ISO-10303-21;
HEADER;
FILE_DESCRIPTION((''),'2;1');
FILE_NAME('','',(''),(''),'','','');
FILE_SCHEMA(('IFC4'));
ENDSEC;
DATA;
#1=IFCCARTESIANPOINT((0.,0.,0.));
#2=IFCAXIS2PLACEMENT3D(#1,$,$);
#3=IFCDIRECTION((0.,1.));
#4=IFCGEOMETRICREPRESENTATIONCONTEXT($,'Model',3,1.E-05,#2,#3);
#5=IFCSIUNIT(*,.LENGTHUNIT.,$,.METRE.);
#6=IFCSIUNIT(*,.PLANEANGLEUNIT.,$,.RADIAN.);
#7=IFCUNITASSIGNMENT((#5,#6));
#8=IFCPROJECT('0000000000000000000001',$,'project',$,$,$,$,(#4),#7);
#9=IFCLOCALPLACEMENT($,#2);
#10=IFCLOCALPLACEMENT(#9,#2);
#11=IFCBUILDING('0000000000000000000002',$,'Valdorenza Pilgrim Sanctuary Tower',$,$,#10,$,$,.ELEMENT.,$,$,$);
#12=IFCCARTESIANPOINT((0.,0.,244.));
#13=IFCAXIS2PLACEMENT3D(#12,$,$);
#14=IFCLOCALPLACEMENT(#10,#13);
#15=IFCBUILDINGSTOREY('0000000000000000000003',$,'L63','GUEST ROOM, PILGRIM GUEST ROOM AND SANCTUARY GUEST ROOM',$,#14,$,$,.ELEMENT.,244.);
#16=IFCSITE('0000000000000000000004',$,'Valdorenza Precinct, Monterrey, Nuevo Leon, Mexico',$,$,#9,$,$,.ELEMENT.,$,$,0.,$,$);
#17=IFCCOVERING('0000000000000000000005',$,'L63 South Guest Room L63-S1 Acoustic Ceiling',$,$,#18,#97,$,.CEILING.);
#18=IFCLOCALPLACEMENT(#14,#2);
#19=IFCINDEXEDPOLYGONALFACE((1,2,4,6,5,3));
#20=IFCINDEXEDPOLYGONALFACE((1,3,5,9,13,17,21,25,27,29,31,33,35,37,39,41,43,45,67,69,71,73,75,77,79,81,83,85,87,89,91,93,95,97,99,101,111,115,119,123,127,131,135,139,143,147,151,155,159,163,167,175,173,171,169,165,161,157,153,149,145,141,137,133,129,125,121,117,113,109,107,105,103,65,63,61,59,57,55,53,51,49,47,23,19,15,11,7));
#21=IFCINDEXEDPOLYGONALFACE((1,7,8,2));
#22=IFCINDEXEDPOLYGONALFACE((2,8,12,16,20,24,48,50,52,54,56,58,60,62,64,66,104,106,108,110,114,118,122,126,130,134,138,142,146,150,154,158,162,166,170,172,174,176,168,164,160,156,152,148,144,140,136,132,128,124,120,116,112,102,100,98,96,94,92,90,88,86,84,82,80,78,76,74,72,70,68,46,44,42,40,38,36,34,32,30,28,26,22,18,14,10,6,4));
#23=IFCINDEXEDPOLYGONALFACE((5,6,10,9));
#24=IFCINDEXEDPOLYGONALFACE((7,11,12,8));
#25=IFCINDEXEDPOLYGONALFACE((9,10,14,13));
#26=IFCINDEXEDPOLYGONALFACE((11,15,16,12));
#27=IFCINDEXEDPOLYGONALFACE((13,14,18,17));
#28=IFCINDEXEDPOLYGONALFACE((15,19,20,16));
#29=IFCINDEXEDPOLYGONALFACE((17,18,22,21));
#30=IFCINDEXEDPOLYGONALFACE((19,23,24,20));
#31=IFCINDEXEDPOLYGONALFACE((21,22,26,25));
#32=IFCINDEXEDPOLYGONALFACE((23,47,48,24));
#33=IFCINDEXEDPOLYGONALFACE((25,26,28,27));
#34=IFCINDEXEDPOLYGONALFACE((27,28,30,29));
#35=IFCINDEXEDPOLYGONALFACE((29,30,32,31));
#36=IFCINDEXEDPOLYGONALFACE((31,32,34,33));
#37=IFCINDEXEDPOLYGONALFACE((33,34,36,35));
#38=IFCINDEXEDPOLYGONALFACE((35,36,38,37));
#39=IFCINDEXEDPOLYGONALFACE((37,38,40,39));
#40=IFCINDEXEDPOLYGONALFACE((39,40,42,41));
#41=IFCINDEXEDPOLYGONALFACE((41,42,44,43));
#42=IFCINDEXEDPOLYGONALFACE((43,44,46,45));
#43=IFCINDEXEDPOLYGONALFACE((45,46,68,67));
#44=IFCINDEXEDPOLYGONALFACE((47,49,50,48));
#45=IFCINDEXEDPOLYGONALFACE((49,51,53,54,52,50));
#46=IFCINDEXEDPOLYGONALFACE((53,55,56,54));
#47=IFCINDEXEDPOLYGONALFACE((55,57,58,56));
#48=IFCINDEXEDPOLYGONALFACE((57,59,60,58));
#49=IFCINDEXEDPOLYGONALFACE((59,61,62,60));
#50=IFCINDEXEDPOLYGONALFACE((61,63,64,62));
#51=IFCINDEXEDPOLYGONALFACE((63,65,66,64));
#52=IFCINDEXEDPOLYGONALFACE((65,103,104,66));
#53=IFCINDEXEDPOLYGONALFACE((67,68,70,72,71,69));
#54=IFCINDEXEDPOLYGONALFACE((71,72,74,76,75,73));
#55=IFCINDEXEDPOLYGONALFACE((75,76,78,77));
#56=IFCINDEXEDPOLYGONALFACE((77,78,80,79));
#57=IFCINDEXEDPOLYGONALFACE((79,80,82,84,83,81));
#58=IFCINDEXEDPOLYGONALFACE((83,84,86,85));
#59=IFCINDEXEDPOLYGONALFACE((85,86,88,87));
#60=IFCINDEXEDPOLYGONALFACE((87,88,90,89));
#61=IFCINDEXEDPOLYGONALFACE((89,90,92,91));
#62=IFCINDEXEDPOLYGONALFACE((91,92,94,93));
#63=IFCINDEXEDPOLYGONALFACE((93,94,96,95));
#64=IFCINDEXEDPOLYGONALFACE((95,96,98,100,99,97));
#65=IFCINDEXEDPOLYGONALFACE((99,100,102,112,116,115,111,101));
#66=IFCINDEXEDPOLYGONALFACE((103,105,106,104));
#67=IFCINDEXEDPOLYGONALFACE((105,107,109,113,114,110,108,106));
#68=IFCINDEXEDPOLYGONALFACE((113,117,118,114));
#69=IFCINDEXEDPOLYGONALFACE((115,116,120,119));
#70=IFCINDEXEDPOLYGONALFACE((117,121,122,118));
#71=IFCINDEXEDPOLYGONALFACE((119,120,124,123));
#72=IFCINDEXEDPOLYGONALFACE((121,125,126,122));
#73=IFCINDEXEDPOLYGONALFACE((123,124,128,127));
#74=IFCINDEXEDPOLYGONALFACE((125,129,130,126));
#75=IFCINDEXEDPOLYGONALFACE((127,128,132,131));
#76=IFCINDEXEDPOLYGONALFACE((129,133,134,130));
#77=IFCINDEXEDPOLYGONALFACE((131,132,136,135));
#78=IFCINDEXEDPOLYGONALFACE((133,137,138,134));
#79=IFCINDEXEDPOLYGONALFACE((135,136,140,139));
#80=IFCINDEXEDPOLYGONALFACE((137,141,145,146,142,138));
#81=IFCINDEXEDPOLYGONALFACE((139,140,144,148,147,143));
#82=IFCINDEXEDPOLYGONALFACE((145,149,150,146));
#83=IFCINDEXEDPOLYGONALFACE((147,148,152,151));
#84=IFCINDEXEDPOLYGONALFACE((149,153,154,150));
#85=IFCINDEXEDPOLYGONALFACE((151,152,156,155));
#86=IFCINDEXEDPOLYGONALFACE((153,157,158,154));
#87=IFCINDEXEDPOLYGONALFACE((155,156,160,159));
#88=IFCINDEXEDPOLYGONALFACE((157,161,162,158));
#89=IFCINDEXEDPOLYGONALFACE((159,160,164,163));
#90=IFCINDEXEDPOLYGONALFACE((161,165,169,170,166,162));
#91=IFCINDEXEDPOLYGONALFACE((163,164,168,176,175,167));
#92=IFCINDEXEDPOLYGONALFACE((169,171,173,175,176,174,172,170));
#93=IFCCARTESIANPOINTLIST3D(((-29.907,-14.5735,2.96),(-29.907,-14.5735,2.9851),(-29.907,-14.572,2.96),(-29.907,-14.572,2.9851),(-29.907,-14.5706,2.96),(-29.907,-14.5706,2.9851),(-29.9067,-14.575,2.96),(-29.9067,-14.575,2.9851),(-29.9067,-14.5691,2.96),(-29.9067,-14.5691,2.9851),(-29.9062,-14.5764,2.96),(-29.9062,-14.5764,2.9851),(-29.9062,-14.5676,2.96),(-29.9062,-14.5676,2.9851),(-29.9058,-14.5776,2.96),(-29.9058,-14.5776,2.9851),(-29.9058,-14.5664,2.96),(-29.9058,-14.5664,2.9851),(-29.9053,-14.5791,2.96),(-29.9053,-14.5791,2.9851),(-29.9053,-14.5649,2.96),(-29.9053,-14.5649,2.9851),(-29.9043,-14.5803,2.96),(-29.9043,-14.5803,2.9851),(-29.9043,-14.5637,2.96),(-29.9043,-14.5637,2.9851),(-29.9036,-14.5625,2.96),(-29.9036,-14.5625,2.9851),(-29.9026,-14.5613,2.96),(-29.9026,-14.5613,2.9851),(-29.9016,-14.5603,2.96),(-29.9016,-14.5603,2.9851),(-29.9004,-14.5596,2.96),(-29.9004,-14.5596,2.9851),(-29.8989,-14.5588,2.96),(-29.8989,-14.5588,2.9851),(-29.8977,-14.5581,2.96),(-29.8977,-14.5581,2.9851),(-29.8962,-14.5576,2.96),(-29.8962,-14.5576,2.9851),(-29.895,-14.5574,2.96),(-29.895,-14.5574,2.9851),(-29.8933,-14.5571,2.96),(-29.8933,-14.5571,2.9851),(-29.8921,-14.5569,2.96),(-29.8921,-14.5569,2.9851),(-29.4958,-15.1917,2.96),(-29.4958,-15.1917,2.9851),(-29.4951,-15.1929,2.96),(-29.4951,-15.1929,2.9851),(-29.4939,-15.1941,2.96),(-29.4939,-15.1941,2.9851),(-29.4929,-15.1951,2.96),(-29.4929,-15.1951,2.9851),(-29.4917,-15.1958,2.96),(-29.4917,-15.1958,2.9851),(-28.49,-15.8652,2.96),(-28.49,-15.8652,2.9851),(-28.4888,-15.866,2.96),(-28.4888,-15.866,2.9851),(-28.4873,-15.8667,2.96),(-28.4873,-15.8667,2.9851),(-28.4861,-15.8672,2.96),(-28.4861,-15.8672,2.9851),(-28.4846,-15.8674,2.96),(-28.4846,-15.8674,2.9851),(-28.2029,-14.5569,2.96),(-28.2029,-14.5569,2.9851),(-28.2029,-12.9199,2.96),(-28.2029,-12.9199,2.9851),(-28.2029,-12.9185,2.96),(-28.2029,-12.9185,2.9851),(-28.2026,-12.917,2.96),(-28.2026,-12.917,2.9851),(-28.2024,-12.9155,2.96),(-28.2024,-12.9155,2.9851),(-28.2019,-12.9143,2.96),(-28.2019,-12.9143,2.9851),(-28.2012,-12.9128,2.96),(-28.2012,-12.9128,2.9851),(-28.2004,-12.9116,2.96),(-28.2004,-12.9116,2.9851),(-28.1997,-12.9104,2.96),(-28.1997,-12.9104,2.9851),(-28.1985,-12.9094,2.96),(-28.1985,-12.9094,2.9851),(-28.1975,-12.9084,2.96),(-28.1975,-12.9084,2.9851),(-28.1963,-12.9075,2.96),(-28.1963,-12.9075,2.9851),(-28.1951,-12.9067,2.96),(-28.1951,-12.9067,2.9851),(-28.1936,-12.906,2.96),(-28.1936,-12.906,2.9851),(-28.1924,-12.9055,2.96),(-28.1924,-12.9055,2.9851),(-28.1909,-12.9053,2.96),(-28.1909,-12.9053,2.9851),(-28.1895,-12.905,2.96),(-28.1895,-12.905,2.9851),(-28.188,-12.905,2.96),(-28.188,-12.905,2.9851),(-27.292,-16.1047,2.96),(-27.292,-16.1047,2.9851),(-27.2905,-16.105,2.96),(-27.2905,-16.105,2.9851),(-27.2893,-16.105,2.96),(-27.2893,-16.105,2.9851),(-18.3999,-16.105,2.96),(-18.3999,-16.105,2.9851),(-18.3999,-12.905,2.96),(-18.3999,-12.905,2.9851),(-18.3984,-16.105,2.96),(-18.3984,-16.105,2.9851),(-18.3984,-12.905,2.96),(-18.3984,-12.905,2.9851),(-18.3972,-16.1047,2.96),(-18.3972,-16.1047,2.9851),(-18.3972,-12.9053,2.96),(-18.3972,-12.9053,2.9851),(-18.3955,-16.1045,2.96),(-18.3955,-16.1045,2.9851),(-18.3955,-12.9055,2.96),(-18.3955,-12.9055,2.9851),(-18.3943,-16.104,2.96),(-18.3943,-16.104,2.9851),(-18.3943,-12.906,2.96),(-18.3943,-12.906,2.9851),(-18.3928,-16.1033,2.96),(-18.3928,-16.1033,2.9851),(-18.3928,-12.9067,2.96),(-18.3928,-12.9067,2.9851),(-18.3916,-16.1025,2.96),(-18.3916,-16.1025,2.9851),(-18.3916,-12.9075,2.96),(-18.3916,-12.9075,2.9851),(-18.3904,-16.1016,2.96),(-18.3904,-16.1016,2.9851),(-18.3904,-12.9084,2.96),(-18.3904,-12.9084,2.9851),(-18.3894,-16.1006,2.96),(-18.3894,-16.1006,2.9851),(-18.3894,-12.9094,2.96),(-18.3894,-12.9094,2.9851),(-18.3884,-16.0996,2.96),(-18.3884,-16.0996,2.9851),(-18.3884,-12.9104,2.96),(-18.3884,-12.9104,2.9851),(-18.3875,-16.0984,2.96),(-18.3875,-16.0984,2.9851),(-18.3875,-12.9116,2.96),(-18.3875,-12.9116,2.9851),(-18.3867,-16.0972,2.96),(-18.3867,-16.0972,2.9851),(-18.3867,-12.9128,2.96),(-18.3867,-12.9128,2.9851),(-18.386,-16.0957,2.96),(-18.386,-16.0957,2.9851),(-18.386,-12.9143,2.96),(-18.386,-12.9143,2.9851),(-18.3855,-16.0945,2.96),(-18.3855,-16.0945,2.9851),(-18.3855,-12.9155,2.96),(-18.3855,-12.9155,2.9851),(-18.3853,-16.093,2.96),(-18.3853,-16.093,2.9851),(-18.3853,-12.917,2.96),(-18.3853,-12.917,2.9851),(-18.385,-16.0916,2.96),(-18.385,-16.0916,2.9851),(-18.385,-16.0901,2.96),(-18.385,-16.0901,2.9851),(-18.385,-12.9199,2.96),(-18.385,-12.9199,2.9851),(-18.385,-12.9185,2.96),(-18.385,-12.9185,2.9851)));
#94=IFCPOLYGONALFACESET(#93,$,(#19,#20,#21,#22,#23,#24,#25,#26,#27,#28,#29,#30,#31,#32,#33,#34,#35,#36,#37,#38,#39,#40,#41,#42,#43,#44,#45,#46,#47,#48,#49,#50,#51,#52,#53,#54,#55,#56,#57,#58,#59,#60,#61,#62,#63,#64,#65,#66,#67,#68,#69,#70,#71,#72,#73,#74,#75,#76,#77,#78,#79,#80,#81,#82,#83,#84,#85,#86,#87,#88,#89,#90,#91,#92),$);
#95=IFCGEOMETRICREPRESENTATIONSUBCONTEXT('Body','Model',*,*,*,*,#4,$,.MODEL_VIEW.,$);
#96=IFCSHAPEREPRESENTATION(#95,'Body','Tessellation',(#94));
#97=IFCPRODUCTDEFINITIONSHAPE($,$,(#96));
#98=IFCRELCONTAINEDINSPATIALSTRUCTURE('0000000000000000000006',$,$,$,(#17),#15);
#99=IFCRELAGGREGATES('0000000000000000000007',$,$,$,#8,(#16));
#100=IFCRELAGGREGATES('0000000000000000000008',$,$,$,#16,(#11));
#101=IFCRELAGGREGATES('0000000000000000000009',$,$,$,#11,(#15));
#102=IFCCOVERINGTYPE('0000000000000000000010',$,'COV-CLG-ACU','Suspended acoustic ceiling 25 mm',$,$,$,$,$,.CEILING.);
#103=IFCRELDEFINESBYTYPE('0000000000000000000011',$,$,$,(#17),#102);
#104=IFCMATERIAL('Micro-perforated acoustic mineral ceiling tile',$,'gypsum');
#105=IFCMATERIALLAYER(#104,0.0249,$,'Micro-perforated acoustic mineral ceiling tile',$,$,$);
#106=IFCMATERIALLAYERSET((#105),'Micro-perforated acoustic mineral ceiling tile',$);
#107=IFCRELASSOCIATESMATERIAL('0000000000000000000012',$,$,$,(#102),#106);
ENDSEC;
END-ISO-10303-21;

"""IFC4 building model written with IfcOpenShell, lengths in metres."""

from ifc_helpers import new_model, si_unit, direction, frame, origin, place, context, subcontext, project, spatial, polyline, outline, extrude, material, layer, layer_set, type_object, element, save


model = new_model("IFC4")

# Units and contexts
model_context = context("Model", 3, precision=1e-05, world=origin(), true_north=direction((0.0, 1.0)))
body_context = subcontext(model_context, "Body", "Model", "MODEL_VIEW")
ifc_project = project(units=[si_unit("LENGTHUNIT", "METRE"), si_unit("PLANEANGLEUNIT", "RADIAN")], contexts=[model_context])

# Site, building, storey
site_placement = place(None, origin())
site = spatial("IfcSite", under=ifc_project, at=site_placement, Name="Valdorenza Precinct, Monterrey, Nuevo Leon, Mexico", CompositionType="ELEMENT", RefElevation=0.0)
building_placement = place(site_placement, origin())
building = spatial("IfcBuilding", under=site, at=building_placement, Name="Valdorenza Pilgrim Sanctuary Tower", CompositionType="ELEMENT")
storey_placement = place(building_placement, frame((0.0, 0.0, 244.0)))
storey = spatial("IfcBuildingStorey", under=building, at=storey_placement, Name="L63", Description="GUEST ROOM, PILGRIM GUEST ROOM AND SANCTUARY GUEST ROOM", CompositionType="ELEMENT", Elevation=244.0)

# Covering
ifc_material_1 = material(Name="Micro-perforated acoustic mineral ceiling tile", Category="gypsum")
ifc_layer_1 = layer(ifc_material_1, 0.0249, Name="Micro-perforated acoustic mineral ceiling tile")
ifc_layer_set_1 = layer_set([ifc_layer_1], Name="Micro-perforated acoustic mineral ceiling tile")
covering_type_1 = type_object("IfcCoveringType", Name="COV-CLG-ACU", Description="Suspended acoustic ceiling 25 mm", PredefinedType="CEILING", material=ifc_layer_set_1)
covering_1_placement = place(storey_placement, frame((0.0, 0.0, 2.96)))
element("IfcCovering", 1, at=covering_1_placement, inside=storey, type_object=covering_type_1, Name="L63 South Guest Room L63-S1 Acoustic Ceiling", PredefinedType="CEILING", context=body_context, shape_type="SweptSolid", body=[
    extrude(outline(polyline([(-28.2029, -14.5569), (-28.2029, -12.9199), (-28.2029, -12.9185), (-28.2026, -12.917), (-28.2024, -12.9155), (-28.2019, -12.9143), (-28.2012, -12.9128), (-28.2004, -12.9116), (-28.1997, -12.9104), (-28.1985, -12.9094), (-28.1975, -12.9084), (-28.1963, -12.9075), (-28.1951, -12.9067), (-28.1936, -12.906), (-28.1924, -12.9055), (-28.1909, -12.9053), (-28.1895, -12.905), (-28.188, -12.905), (-18.3999, -12.905), (-18.3984, -12.905), (-18.3972, -12.9053), (-18.3955, -12.9055), (-18.3943, -12.906), (-18.3928, -12.9067), (-18.3916, -12.9075), (-18.3904, -12.9084), (-18.3894, -12.9094), (-18.3884, -12.9104), (-18.3875, -12.9116), (-18.3867, -12.9128), (-18.386, -12.9143), (-18.3855, -12.9155), (-18.3853, -12.917), (-18.385, -12.9185), (-18.385, -12.9199), (-18.385, -16.0901), (-18.385, -16.0916), (-18.3853, -16.093), (-18.3855, -16.0945), (-18.386, -16.0957), (-18.3867, -16.0972), (-18.3875, -16.0984), (-18.3884, -16.0996), (-18.3894, -16.1006), (-18.3904, -16.1016), (-18.3916, -16.1025), (-18.3928, -16.1033), (-18.3943, -16.104), (-18.3955, -16.1045), (-18.3972, -16.1047), (-18.3984, -16.105), (-18.3999, -16.105), (-27.2893, -16.105), (-27.2905, -16.105), (-27.292, -16.1047), (-28.4846, -15.8674), (-28.4861, -15.8672), (-28.4873, -15.8667), (-28.4888, -15.866), (-28.49, -15.8652), (-29.4917, -15.1958), (-29.4929, -15.1951), (-29.4939, -15.1941), (-29.4951, -15.1929), (-29.4958, -15.1917), (-29.9043, -14.5803), (-29.9053, -14.5791), (-29.9058, -14.5776), (-29.9062, -14.5764), (-29.9067, -14.575), (-29.907, -14.5735), (-29.907, -14.572), (-29.907, -14.5706), (-29.9067, -14.5691), (-29.9062, -14.5676), (-29.9058, -14.5664), (-29.9053, -14.5649), (-29.9043, -14.5637), (-29.9036, -14.5625), (-29.9026, -14.5613), (-29.9016, -14.5603), (-29.9004, -14.5596), (-29.8989, -14.5588), (-29.8977, -14.5581), (-29.8962, -14.5576), (-29.895, -14.5574), (-29.8933, -14.5571), (-29.8921, -14.5569), (-28.2029, -14.5569)])), origin(), (0.0, 0.0, 1.0), 0.0251),
])

save(model, "model.ifc")
